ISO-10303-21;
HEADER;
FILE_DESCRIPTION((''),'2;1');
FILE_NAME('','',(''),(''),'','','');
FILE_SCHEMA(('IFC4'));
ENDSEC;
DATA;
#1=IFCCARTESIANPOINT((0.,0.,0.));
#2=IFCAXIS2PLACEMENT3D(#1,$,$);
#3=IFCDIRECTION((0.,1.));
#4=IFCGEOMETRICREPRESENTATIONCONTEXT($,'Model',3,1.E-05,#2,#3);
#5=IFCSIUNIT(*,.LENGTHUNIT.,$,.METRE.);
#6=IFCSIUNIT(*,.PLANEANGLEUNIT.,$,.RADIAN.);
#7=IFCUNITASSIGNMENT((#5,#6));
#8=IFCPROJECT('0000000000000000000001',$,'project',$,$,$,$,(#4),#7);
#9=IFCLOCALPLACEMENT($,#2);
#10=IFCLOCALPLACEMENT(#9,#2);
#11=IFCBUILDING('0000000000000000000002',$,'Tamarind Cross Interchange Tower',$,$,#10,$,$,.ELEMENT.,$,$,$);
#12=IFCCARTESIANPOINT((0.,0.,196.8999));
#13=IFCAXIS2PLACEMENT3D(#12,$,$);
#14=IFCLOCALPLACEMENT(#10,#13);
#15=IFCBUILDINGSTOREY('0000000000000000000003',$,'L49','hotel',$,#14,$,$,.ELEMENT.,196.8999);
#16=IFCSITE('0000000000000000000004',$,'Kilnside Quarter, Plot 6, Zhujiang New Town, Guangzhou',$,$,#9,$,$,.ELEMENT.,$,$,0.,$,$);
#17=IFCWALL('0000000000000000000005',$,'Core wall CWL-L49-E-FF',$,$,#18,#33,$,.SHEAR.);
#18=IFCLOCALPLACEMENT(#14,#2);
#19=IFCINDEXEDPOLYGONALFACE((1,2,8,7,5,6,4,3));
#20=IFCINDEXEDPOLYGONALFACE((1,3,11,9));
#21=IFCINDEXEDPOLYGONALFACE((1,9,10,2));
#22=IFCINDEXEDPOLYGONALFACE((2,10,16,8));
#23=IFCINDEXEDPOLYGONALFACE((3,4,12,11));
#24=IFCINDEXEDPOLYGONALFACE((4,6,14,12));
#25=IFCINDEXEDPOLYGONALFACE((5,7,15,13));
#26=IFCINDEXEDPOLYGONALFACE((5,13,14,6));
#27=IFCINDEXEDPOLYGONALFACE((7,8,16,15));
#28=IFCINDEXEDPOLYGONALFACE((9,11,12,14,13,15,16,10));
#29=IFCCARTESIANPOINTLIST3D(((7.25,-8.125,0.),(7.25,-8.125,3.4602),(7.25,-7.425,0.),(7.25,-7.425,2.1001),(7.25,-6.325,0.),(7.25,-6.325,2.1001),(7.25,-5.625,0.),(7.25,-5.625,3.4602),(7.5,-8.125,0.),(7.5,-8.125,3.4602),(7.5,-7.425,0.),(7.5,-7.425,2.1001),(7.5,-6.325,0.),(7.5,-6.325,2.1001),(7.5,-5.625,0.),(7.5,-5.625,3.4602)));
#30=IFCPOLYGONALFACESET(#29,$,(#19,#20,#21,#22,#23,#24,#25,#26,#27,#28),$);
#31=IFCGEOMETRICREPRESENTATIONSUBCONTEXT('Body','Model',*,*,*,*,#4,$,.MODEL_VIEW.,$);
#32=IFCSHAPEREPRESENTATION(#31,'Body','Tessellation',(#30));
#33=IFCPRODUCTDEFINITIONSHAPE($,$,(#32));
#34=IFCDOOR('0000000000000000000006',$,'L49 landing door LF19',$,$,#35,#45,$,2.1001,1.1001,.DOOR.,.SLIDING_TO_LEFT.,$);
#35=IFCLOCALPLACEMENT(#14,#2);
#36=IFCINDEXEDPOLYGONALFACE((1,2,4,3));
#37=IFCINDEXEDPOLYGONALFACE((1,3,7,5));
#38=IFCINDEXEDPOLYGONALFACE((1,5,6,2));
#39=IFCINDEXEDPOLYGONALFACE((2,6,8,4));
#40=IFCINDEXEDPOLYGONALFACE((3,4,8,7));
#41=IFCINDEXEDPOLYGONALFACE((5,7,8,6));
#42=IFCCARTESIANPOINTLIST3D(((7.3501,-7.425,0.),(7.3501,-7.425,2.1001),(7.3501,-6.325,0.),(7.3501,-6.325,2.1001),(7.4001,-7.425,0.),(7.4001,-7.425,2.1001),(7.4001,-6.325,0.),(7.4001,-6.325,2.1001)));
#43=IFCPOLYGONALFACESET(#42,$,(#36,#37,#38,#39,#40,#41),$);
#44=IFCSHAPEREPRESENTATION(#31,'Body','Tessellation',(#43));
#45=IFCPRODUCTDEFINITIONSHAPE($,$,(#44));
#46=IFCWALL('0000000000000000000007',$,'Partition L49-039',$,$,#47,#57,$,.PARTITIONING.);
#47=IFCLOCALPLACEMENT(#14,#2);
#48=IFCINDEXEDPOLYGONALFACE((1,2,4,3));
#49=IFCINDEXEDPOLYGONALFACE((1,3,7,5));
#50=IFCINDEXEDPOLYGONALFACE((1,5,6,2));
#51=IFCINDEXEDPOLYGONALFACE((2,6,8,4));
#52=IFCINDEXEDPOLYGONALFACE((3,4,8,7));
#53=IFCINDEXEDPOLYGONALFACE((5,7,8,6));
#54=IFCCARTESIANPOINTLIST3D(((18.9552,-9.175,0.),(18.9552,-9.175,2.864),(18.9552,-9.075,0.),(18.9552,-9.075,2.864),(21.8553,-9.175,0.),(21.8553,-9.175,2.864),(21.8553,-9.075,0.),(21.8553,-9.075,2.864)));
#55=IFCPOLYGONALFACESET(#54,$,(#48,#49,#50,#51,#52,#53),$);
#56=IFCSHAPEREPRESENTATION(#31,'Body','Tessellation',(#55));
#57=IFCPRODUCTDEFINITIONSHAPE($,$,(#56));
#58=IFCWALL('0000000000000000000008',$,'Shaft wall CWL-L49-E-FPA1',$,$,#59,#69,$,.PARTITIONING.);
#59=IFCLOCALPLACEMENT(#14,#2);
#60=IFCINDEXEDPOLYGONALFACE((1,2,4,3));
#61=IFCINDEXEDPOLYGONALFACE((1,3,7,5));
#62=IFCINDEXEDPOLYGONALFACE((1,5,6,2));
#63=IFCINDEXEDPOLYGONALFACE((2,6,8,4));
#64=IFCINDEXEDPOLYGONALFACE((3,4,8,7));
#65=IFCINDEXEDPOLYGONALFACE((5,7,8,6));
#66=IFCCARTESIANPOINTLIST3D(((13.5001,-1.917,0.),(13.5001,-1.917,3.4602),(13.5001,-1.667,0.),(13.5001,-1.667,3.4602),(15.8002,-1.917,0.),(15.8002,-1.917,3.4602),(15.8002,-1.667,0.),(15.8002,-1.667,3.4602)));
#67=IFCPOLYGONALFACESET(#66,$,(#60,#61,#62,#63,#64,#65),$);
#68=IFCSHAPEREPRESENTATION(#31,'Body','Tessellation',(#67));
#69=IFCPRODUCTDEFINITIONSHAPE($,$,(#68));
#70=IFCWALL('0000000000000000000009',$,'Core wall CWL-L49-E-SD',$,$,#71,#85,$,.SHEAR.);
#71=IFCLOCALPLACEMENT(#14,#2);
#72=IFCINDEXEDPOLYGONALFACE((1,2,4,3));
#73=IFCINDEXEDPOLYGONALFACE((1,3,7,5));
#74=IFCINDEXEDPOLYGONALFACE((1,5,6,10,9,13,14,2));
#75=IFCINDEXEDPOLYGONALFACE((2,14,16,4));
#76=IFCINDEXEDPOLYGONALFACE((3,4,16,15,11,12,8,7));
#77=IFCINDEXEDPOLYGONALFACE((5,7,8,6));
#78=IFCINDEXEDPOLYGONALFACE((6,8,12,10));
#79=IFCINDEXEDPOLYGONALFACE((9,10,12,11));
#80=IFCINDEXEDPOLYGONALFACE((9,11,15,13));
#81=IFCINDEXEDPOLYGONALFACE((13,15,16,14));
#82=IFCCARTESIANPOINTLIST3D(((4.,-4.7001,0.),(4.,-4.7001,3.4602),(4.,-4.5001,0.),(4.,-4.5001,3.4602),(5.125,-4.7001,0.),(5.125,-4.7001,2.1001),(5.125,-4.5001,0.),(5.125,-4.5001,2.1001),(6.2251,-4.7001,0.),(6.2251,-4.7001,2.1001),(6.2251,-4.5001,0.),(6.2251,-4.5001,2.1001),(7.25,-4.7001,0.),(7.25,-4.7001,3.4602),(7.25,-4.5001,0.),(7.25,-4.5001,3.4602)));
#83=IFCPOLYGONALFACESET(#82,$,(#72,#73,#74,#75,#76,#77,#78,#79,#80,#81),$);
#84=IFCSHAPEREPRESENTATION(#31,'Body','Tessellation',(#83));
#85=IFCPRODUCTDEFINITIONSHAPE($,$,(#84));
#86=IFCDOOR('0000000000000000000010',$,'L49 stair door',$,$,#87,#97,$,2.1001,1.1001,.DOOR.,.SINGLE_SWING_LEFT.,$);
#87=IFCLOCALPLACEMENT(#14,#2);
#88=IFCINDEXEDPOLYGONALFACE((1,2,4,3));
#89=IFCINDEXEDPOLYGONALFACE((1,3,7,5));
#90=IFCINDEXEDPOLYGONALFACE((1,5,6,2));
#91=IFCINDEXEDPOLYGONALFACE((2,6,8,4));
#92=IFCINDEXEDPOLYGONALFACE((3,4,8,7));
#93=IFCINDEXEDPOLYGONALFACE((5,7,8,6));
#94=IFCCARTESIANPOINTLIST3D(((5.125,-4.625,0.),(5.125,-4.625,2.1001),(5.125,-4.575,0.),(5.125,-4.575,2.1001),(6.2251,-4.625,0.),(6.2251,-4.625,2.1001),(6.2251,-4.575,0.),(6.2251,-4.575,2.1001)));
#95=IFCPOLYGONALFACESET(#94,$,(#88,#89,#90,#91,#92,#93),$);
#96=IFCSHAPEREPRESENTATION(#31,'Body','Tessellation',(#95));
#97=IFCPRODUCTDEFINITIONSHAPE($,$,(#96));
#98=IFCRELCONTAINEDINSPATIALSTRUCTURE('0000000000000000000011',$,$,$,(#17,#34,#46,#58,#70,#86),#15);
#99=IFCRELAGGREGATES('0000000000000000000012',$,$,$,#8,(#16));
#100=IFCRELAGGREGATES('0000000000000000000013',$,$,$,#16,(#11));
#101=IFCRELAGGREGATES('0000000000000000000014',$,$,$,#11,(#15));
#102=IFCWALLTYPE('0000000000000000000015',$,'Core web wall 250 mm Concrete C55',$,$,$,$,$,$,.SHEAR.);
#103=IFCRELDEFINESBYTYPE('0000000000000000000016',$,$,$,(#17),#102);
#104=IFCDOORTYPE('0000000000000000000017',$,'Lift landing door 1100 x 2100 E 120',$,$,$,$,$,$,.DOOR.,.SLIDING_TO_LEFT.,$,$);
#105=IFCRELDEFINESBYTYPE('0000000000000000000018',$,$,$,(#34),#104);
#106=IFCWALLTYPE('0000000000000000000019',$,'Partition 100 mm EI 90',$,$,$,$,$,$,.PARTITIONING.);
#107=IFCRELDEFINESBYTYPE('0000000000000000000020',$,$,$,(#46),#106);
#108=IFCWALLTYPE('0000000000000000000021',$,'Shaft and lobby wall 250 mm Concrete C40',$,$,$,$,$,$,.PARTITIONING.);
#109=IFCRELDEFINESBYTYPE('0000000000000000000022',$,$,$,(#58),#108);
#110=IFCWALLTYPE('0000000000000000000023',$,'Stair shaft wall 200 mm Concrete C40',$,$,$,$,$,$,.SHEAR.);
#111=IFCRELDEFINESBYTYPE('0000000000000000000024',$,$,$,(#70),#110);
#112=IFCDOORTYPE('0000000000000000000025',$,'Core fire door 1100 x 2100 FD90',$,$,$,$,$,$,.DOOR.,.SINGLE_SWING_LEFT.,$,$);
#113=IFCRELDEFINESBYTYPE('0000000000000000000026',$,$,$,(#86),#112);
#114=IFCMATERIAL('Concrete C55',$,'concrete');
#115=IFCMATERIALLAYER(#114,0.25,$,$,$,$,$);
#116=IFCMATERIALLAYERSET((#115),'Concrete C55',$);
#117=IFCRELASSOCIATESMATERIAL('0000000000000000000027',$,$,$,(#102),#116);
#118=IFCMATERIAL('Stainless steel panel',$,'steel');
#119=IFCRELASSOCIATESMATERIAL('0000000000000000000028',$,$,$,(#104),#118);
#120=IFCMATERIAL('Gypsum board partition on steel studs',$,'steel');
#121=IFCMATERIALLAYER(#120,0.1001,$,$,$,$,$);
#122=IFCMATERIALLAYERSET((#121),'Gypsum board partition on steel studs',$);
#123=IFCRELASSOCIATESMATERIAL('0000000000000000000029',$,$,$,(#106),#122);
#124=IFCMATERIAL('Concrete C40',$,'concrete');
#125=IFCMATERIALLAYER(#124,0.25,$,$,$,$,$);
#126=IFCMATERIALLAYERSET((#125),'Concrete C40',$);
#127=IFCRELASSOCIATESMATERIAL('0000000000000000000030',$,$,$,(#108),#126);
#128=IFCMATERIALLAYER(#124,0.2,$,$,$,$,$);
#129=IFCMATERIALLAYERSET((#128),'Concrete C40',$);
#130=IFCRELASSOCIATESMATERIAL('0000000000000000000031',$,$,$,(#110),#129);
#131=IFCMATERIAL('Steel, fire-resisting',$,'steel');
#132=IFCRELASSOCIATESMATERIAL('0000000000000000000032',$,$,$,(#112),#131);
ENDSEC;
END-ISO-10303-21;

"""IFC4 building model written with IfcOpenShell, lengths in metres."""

from ifc_helpers import new_model, si_unit, direction, frame, frame_2d, origin, place, context, subcontext, project, spatial, rectangle, extrude, material, layer, layer_set, type_object, element, fill, save


model = new_model("IFC4")

# Units and contexts
model_context = context("Model", 3, precision=1e-05, world=origin(), true_north=direction((0.0, 1.0)))
body_context = subcontext(model_context, "Body", "Model", "MODEL_VIEW")
ifc_project = project(units=[si_unit("LENGTHUNIT", "METRE"), si_unit("PLANEANGLEUNIT", "RADIAN")], contexts=[model_context])

# Site, building, storey
site_placement = place(None, origin())
site = spatial("IfcSite", under=ifc_project, at=site_placement, Name="Kilnside Quarter, Plot 6, Zhujiang New Town, Guangzhou", CompositionType="ELEMENT", RefElevation=0.0)
building_placement = place(site_placement, origin())
building = spatial("IfcBuilding", under=site, at=building_placement, Name="Tamarind Cross Interchange Tower", CompositionType="ELEMENT")
storey_placement = place(building_placement, frame((0.0, 0.0, 196.8999)))
storey = spatial("IfcBuildingStorey", under=building, at=storey_placement, Name="L49", Description="hotel", CompositionType="ELEMENT", Elevation=196.8999)

# Shared definitions
ifc_material_1 = material(Name="Concrete C55", Category="concrete")

# Shared definitions
ifc_layer_1 = layer(ifc_material_1, 0.25)
ifc_layer_set_1 = layer_set([ifc_layer_1], Name="Concrete C55")
wall_type_1 = type_object("IfcWallType", Name="Core web wall 250 mm Concrete C55", PredefinedType="SHEAR", material=ifc_layer_set_1)

# Shared definitions
ifc_material_2 = material(Name="Steel, fire-resisting", Category="steel")
ifc_material_3 = material(Name="Stainless steel panel", Category="steel")
door_type_1 = type_object("IfcDoorType", Name="Lift landing door 1100 x 2100 E 120", OperationType="SLIDING_TO_LEFT", PredefinedType="DOOR", material=ifc_material_3)

# Wall, opening, door
wall_1_placement = place(storey_placement, frame((7.375, -8.125, 0.0), z_axis=(0.0, 0.0, 1.0), x_axis=(0.0, 1.0, 0.0)))
wall_1 = element("IfcWall", 1, at=wall_1_placement, inside=storey, type_object=wall_type_1, Name="Core wall CWL-L49-E-FF", PredefinedType="SHEAR", context=body_context, shape_type="SweptSolid", body=[
    extrude(rectangle(XDim=2.5, YDim=0.25, at=frame_2d((1.25, 0.0))), origin(), (0.0, 0.0, 1.0), 3.4602),
])
opening_1_placement = place(wall_1_placement, frame((0.7, 0.0, 0.0)))
opening_1 = element("IfcOpeningElement", 2, at=opening_1_placement, cuts=wall_1, PredefinedType="OPENING", context=body_context, shape_type="SweptSolid", body=[
    extrude(rectangle(XDim=1.1001, YDim=2.1001, at=frame_2d((0.55, 1.05))), frame((0.0, 0.135, 0.0), z_axis=(0.0, -1.0, 0.0), x_axis=(1.0, 0.0, 0.0)), (0.0, 0.0, 1.0), 0.27),
])
door_1_placement = place(opening_1_placement, origin())
door_1 = element("IfcDoor", 3, at=door_1_placement, inside=storey, type_object=door_type_1, Name="L49 landing door LF19", OperationType="SLIDING_TO_LEFT", OverallHeight=2.1001, OverallWidth=1.1001, PredefinedType="DOOR", context=body_context, shape_type="SweptSolid", body=[
    extrude(rectangle(XDim=1.1001, YDim=2.1001, at=frame_2d((0.55, 1.05))), frame((0.0, 0.0249, 0.0), z_axis=(0.0, -1.0, 0.0), x_axis=(1.0, 0.0, 0.0)), (0.0, 0.0, 1.0), 0.05),
])
fill(opening_1, door_1)

# Walls
ifc_material_4 = material(Name="Gypsum board partition on steel studs", Category="steel")
ifc_layer_2 = layer(ifc_material_4, 0.1001)
ifc_layer_set_2 = layer_set([ifc_layer_2], Name="Gypsum board partition on steel studs")
wall_type_2 = type_object("IfcWallType", Name="Partition 100 mm EI 90", PredefinedType="PARTITIONING", material=ifc_layer_set_2)
wall_2_placement = place(storey_placement, frame((18.9551, -9.125, 0.0), z_axis=(0.0, 0.0, 1.0), x_axis=(1.0, 0.0, 0.0)))
element("IfcWall", 4, at=wall_2_placement, inside=storey, type_object=wall_type_2, Name="Partition L49-039", PredefinedType="PARTITIONING", context=body_context, shape_type="SweptSolid", body=[
    extrude(rectangle(XDim=2.9001, YDim=0.1001, at=frame_2d((1.4502, 0.0))), origin(), (0.0, 0.0, 1.0), 2.864),
])
ifc_material_5 = material(Name="Concrete C40", Category="concrete")
ifc_layer_3 = layer(ifc_material_5, 0.25)
ifc_layer_set_3 = layer_set([ifc_layer_3], Name="Concrete C40")
wall_type_3 = type_object("IfcWallType", Name="Shaft and lobby wall 250 mm Concrete C40", PredefinedType="PARTITIONING", material=ifc_layer_set_3)
wall_3_placement = place(storey_placement, frame((15.8, -1.792, 0.0), z_axis=(0.0, 0.0, 1.0), x_axis=(-1.0, 0.0, 0.0)))
element("IfcWall", 5, at=wall_3_placement, inside=storey, type_object=wall_type_3, Name="Shaft wall CWL-L49-E-FPA1", PredefinedType="PARTITIONING", context=body_context, shape_type="SweptSolid", body=[
    extrude(rectangle(XDim=2.3, YDim=0.25, at=frame_2d((1.1499, 0.0))), origin(), (0.0, 0.0, 1.0), 3.4602),
])

# Wall, opening, door
ifc_layer_4 = layer(ifc_material_5, 0.2)
ifc_layer_set_4 = layer_set([ifc_layer_4], Name="Concrete C40")
wall_type_4 = type_object("IfcWallType", Name="Stair shaft wall 200 mm Concrete C40", PredefinedType="SHEAR", material=ifc_layer_set_4)
wall_4_placement = place(storey_placement, frame((7.25, -4.6001, 0.0), z_axis=(0.0, 0.0, 1.0), x_axis=(-1.0, 0.0, 0.0)))
wall_4 = element("IfcWall", 6, at=wall_4_placement, inside=storey, type_object=wall_type_4, Name="Core wall CWL-L49-E-SD", PredefinedType="SHEAR", context=body_context, shape_type="SweptSolid", body=[
    extrude(rectangle(XDim=3.25, YDim=0.2, at=frame_2d((1.625, 0.0))), origin(), (0.0, 0.0, 1.0), 3.4602),
])
opening_2_placement = place(wall_4_placement, frame((1.0249, 0.0, 0.0)))
opening_2 = element("IfcOpeningElement", 7, at=opening_2_placement, cuts=wall_4, PredefinedType="OPENING", context=body_context, shape_type="SweptSolid", body=[
    extrude(rectangle(XDim=1.1001, YDim=2.1001, at=frame_2d((0.55, 1.05))), frame((0.0, 0.1099, 0.0), z_axis=(0.0, -1.0, 0.0), x_axis=(1.0, 0.0, 0.0)), (0.0, 0.0, 1.0), 0.22),
])
door_type_2 = type_object("IfcDoorType", Name="Core fire door 1100 x 2100 FD90", OperationType="SINGLE_SWING_LEFT", PredefinedType="DOOR", material=ifc_material_2)
door_2_placement = place(opening_2_placement, origin())
door_2 = element("IfcDoor", 8, at=door_2_placement, inside=storey, type_object=door_type_2, Name="L49 stair door", OperationType="SINGLE_SWING_LEFT", OverallHeight=2.1001, OverallWidth=1.1001, PredefinedType="DOOR", context=body_context, shape_type="SweptSolid", body=[
    extrude(rectangle(XDim=1.1001, YDim=2.1001, at=frame_2d((0.55, 1.05))), frame((0.0, 0.0249, 0.0), z_axis=(0.0, -1.0, 0.0), x_axis=(1.0, 0.0, 0.0)), (0.0, 0.0, 1.0), 0.05),
])
fill(opening_2, door_2)

save(model, "model.ifc")
